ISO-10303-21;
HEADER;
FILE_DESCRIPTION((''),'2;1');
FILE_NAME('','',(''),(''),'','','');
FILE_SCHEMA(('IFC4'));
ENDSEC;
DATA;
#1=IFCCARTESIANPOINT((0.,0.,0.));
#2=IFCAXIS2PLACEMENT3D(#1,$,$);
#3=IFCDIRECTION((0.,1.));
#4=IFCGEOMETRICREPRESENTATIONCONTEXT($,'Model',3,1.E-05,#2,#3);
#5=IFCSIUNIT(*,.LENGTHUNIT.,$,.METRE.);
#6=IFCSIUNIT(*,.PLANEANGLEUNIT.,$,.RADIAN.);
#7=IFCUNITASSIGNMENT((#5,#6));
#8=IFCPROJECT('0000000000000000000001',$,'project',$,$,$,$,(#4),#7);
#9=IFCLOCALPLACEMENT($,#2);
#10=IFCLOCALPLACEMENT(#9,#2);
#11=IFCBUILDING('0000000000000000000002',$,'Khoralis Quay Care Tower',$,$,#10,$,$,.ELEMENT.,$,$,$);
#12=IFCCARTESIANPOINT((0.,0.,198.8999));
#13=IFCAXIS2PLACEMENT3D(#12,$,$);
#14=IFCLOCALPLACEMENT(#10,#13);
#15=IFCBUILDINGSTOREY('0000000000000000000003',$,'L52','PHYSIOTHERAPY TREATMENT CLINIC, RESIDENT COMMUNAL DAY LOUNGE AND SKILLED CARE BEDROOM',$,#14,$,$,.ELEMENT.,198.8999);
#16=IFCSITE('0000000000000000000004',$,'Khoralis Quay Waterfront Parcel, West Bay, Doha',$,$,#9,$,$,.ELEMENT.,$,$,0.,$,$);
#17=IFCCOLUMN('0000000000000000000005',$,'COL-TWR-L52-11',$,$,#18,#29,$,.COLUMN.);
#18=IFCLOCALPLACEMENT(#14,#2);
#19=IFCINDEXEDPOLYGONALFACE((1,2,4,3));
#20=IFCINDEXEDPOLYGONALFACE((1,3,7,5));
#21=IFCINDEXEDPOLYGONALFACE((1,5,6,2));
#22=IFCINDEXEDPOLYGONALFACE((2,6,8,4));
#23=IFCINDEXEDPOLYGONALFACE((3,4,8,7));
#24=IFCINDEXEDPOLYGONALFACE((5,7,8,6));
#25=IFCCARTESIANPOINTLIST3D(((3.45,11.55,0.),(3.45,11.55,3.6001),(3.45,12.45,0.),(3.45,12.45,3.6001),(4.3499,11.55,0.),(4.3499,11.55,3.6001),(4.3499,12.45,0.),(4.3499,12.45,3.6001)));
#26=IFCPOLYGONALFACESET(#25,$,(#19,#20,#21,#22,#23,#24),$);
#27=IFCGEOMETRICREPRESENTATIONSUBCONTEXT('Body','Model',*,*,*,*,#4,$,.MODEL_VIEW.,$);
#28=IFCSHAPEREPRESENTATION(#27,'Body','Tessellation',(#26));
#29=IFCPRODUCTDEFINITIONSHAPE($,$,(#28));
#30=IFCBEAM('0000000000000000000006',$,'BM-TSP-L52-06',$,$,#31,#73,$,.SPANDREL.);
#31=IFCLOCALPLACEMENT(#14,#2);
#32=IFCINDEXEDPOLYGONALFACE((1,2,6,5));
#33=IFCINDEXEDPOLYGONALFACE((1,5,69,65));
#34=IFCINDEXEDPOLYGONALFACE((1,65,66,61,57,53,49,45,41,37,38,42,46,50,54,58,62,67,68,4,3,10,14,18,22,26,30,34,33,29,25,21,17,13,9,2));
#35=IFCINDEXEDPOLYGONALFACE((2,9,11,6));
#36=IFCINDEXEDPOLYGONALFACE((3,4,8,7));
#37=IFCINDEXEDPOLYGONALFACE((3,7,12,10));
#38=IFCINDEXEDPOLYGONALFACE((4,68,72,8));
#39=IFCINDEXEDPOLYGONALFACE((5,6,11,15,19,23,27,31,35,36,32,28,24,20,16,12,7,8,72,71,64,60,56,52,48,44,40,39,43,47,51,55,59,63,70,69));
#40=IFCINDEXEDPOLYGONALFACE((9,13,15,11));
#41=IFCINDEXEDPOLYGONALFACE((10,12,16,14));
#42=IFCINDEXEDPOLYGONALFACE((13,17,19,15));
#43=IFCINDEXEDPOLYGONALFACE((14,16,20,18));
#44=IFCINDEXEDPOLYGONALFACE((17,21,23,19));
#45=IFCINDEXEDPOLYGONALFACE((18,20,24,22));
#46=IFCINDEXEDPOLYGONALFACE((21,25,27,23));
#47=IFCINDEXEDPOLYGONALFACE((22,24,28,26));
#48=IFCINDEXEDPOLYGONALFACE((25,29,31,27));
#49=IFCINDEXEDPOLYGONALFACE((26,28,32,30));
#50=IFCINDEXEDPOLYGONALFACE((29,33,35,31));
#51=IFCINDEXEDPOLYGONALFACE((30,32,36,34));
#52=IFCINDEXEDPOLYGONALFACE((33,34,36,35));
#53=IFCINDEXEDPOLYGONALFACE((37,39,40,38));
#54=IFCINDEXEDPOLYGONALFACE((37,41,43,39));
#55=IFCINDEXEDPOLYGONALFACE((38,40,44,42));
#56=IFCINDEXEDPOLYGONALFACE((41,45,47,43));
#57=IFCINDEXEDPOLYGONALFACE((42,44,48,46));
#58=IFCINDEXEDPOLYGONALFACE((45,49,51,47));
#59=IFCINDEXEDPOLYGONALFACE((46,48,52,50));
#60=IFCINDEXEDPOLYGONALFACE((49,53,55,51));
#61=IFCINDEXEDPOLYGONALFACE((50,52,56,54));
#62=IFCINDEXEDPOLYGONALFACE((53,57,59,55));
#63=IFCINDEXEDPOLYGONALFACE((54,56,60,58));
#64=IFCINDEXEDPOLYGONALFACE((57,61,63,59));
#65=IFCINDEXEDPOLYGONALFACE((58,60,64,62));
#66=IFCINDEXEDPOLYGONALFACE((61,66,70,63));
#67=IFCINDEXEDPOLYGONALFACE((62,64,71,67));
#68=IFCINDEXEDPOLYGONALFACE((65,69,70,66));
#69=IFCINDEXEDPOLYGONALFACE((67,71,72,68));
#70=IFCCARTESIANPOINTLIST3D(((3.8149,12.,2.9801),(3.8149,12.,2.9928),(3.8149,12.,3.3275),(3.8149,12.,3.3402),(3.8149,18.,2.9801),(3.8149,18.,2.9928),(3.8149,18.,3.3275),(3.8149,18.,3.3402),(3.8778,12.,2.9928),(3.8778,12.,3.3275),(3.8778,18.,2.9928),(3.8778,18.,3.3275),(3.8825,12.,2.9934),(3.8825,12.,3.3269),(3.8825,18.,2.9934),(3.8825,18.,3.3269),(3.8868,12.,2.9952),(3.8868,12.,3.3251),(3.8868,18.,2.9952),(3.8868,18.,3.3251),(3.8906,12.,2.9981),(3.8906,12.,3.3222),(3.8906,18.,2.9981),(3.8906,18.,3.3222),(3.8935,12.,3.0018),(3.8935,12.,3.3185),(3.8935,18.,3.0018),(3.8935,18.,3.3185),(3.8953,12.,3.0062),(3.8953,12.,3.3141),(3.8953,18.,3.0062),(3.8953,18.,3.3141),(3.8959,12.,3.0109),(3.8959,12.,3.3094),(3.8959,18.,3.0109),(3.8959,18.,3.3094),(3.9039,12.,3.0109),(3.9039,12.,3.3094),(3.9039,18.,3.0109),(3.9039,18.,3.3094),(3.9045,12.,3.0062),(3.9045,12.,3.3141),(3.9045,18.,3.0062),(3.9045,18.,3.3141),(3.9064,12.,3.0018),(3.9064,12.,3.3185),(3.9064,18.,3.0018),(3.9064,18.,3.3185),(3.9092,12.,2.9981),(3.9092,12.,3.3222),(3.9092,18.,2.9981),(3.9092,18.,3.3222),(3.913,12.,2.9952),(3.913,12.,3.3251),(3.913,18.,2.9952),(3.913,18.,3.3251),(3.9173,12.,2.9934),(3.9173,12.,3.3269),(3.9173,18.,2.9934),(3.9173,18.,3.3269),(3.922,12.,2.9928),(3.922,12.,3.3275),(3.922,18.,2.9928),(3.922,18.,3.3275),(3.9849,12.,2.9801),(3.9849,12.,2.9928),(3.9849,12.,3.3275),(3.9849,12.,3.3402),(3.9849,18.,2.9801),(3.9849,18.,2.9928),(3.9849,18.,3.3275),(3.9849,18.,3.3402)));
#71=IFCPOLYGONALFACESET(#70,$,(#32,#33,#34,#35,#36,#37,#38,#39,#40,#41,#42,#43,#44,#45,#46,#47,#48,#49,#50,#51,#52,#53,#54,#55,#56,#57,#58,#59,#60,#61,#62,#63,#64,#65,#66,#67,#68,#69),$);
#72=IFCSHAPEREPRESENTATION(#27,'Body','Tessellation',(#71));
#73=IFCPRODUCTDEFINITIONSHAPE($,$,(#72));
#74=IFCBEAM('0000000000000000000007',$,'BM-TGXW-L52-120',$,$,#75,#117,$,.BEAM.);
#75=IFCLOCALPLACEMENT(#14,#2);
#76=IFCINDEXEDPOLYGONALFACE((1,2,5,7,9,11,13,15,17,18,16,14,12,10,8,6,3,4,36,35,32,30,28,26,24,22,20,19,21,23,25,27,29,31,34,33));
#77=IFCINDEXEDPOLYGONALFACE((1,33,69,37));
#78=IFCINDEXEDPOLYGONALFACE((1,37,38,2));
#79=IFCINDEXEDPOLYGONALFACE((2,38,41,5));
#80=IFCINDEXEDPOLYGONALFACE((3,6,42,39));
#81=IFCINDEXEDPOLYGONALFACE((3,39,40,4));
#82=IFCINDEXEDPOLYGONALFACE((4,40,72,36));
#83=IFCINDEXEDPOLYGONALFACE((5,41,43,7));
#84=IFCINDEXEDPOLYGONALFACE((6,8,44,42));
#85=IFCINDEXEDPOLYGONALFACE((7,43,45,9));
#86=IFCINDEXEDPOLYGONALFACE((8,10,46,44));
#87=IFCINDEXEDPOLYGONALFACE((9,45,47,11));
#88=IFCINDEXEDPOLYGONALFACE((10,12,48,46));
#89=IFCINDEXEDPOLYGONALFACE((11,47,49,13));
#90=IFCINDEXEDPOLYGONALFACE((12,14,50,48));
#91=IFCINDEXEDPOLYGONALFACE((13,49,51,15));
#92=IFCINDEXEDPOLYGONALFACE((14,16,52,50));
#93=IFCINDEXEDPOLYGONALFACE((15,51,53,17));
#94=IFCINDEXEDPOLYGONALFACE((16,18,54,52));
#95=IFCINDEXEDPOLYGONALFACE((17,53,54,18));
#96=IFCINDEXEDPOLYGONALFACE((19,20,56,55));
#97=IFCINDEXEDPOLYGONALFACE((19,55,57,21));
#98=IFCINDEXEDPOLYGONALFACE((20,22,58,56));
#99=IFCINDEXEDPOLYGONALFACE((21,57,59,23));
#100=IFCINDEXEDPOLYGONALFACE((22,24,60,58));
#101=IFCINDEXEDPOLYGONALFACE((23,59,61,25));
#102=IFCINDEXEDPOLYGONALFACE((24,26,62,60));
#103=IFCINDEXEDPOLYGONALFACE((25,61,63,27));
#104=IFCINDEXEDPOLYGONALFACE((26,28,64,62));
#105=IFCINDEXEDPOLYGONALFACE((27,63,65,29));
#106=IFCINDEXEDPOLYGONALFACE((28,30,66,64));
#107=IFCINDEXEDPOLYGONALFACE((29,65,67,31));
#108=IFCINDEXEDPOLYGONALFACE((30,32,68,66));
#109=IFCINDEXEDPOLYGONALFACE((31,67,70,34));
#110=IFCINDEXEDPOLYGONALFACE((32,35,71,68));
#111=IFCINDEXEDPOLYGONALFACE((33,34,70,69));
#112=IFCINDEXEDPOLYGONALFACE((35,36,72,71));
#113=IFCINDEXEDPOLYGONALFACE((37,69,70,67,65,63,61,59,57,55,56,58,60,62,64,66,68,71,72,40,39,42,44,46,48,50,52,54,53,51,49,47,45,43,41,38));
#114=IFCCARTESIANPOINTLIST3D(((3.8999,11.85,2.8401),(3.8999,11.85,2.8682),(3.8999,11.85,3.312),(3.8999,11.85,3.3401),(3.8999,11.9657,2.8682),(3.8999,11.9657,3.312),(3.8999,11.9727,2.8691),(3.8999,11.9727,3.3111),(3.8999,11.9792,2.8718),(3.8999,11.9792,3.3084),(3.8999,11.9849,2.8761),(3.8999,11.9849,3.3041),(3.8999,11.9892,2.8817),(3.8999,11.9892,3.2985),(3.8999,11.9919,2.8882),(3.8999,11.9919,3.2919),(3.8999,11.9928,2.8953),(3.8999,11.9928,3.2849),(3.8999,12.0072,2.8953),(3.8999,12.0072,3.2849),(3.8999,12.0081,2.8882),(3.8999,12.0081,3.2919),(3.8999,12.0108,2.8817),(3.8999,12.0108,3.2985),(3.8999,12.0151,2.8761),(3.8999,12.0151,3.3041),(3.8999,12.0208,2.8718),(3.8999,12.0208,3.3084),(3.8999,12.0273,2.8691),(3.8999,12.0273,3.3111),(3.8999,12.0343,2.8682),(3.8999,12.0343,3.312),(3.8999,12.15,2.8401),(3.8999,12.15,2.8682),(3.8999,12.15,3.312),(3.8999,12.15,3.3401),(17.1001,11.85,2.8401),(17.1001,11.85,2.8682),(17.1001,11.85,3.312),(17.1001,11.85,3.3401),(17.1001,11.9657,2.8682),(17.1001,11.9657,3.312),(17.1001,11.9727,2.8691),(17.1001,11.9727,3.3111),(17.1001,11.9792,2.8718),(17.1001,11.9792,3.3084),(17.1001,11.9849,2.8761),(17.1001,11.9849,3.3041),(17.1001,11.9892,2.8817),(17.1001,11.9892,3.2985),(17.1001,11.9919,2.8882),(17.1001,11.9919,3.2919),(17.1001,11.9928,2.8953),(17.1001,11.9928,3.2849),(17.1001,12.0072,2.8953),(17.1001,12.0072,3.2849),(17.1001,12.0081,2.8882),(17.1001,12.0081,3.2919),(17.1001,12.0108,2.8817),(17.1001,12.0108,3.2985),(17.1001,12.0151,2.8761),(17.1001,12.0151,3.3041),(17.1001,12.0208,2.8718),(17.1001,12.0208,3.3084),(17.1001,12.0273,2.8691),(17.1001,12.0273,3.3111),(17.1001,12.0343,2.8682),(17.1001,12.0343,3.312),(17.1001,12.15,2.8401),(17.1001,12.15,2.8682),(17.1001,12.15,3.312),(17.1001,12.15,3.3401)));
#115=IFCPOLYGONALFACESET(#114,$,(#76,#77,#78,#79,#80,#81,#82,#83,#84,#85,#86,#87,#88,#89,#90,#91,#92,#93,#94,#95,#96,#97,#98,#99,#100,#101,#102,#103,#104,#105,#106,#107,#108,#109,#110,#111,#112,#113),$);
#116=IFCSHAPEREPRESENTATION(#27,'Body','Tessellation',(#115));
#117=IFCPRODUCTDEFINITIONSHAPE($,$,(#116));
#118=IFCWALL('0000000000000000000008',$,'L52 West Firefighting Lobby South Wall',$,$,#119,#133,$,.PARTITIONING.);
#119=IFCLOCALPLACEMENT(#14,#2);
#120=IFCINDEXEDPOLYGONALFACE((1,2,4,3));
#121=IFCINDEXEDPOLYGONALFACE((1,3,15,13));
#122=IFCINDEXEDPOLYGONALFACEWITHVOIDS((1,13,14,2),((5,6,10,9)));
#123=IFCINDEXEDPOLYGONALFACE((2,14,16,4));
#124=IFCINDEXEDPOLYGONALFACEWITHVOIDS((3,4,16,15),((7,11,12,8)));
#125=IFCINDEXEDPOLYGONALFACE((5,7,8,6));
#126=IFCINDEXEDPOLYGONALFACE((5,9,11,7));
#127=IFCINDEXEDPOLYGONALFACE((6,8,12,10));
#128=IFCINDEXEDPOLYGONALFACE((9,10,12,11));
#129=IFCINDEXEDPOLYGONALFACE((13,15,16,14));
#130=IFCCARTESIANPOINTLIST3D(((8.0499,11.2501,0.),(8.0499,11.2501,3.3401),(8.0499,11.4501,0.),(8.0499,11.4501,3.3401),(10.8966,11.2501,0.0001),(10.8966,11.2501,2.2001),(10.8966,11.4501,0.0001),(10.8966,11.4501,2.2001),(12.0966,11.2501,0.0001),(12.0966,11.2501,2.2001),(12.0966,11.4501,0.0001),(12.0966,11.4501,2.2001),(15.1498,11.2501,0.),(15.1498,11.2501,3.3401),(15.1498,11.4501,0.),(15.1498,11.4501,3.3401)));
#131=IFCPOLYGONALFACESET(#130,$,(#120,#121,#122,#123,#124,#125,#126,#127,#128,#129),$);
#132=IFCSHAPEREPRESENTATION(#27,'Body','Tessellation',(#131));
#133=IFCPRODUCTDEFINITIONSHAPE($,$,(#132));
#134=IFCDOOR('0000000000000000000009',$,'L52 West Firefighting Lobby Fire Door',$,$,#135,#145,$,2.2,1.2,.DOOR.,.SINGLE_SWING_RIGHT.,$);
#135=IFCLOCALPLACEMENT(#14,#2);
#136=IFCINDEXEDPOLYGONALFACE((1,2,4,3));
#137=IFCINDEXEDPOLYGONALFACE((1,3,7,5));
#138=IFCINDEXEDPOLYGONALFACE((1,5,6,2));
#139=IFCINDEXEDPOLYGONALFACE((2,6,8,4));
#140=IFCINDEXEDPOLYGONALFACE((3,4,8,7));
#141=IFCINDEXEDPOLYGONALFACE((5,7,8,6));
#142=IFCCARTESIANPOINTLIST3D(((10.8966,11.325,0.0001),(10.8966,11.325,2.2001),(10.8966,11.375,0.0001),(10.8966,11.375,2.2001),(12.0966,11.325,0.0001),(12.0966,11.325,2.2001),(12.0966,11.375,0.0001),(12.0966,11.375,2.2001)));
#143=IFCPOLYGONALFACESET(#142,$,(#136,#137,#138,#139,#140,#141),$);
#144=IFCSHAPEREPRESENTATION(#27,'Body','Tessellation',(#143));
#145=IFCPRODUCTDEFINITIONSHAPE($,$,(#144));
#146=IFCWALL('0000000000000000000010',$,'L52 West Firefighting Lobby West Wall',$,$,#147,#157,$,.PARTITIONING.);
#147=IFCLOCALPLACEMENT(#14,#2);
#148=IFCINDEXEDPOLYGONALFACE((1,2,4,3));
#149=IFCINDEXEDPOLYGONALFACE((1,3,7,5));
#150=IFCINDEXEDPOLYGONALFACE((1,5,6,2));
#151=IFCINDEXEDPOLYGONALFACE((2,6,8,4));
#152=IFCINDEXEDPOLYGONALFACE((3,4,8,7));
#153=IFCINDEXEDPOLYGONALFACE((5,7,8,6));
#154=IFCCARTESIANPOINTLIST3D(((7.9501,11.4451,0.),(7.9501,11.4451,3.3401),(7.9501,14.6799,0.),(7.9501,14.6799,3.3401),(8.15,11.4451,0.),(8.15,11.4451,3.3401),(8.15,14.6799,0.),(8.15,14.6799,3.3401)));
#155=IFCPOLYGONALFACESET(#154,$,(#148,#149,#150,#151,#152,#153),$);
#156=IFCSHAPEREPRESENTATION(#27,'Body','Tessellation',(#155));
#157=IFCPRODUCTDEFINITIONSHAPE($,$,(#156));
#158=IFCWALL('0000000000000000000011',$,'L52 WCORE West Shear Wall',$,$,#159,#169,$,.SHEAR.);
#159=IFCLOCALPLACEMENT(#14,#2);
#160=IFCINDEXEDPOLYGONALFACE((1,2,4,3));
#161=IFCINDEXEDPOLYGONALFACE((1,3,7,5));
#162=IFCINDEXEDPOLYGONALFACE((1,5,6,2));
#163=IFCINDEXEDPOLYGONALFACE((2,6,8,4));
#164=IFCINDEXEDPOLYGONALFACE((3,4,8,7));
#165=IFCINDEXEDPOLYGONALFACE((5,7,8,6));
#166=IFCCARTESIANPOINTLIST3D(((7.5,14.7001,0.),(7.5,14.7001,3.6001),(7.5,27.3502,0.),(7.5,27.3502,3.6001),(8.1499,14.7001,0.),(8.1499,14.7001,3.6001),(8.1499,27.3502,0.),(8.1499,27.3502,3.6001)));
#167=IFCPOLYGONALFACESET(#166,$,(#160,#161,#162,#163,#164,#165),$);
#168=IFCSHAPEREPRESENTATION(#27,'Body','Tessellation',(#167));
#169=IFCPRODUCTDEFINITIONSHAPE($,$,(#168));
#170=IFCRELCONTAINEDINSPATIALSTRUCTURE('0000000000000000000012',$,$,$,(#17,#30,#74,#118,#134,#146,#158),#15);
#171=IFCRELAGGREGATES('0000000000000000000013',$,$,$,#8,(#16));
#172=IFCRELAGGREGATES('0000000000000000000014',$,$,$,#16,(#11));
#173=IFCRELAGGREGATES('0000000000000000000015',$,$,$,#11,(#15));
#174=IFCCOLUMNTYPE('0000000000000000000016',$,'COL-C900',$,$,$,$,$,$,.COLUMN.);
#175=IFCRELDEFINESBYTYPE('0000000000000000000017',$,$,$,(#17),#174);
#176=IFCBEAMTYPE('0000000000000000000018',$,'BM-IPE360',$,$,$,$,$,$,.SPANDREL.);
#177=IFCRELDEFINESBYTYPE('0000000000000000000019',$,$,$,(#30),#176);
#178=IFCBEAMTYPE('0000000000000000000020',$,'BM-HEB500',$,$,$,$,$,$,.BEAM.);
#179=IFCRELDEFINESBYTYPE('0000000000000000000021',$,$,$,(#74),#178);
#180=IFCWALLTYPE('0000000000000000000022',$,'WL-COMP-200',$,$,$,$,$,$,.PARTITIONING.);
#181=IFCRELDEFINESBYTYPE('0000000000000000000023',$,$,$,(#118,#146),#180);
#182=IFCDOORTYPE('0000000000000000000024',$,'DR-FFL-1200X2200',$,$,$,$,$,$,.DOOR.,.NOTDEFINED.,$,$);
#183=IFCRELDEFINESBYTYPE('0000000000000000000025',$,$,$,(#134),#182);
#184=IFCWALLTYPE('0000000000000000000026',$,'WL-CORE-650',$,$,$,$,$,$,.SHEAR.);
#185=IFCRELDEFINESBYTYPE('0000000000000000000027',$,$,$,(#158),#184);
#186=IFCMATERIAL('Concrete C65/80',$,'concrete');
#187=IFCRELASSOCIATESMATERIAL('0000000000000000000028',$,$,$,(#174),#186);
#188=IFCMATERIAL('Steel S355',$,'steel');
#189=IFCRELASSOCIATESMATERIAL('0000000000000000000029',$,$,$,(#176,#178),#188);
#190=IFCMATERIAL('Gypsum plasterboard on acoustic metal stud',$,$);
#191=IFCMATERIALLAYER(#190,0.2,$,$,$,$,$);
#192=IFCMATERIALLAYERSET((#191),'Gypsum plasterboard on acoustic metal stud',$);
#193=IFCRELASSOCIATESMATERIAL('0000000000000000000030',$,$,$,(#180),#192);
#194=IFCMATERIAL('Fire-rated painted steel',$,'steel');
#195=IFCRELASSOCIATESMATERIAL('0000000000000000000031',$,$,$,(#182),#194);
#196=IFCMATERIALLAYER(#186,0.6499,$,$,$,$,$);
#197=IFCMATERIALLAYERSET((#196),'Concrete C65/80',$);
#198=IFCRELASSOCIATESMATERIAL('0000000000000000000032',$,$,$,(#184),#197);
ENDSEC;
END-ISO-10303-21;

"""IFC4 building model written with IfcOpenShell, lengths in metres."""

from ifc_helpers import new_model, si_unit, direction, frame, frame_2d, origin, origin_2d, place, context, subcontext, project, spatial, rectangle, i_section, extrude, source, transform, mapped, material, layer, layer_set, material_profile, profile_set, type_object, element, fill, save


model = new_model("IFC4")

# Units and contexts
model_context = context("Model", 3, precision=1e-05, world=origin(), true_north=direction((0.0, 1.0)))
body_context = subcontext(model_context, "Body", "Model", "MODEL_VIEW")
ifc_project = project(units=[si_unit("LENGTHUNIT", "METRE"), si_unit("PLANEANGLEUNIT", "RADIAN")], contexts=[model_context])

# Site, building, storey
site_placement = place(None, origin())
site = spatial("IfcSite", under=ifc_project, at=site_placement, Name="Khoralis Quay Waterfront Parcel, West Bay, Doha", CompositionType="ELEMENT", RefElevation=0.0)
building_placement = place(site_placement, origin())
building = spatial("IfcBuilding", under=site, at=building_placement, Name="Khoralis Quay Care Tower", CompositionType="ELEMENT")
storey_placement = place(building_placement, frame((0.0, 0.0, 198.8999)))
storey = spatial("IfcBuildingStorey", under=building, at=storey_placement, Name="L52", Description="PHYSIOTHERAPY TREATMENT CLINIC, RESIDENT COMMUNAL DAY LOUNGE AND SKILLED CARE BEDROOM", CompositionType="ELEMENT", Elevation=198.8999)

# Column
ifc_material_1 = material(Name="Concrete C65/80", Category="concrete")
ifc_material_profile_1 = material_profile(ifc_material_1, rectangle(XDim=0.8999, YDim=0.8999, at=origin_2d()), Name="Concrete C65/80")
ifc_profile_set_1 = profile_set([ifc_material_profile_1], Name="Concrete C65/80")
column_type = type_object("IfcColumnType", Name="COL-C900", PredefinedType="COLUMN", material=ifc_profile_set_1)
shared_shape_1 = source(origin(), body_context, "Body", "SweptSolid", [
    extrude(rectangle(XDim=0.8999, YDim=0.8999, at=origin_2d()), origin(), (0.0, 0.0, 1.0), 3.6001),
])
column_placement = place(storey_placement, frame((3.8999, 12.0, 0.0), z_axis=(0.0, 0.0, 1.0), x_axis=(1.0, 0.0, 0.0)))
element("IfcColumn", 1, at=column_placement, inside=storey, type_object=column_type, Name="COL-TWR-L52-11", PredefinedType="COLUMN", context=body_context, shape_type="MappedRepresentation", body=[
    mapped(shared_shape_1, transform((0.0, 0.0, 0.0), scale=1.0)),
])

# Beams
ifc_material_2 = material(Name="Steel S355", Category="steel")
ifc_material_profile_2 = material_profile(ifc_material_2, i_section(OverallWidth=0.1699, OverallDepth=0.3601, WebThickness=0.0081, FlangeThickness=0.0127, FilletRadius=0.0181, at=origin_2d()), Name="Steel S355")
ifc_profile_set_2 = profile_set([ifc_material_profile_2], Name="Steel S355")
beam_type_1 = type_object("IfcBeamType", Name="BM-IPE360", PredefinedType="SPANDREL", material=ifc_profile_set_2)
shared_shape_2 = source(origin(), body_context, "Body", "SweptSolid", [
    extrude(i_section(OverallWidth=0.1699, OverallDepth=0.3601, WebThickness=0.0081, FlangeThickness=0.0127, FilletRadius=0.0181, at=origin_2d()), origin(), (0.0, 0.0, 1.0), 6.0),
])
beam_1_placement = place(storey_placement, frame((3.8999, 12.0, 3.1602), z_axis=(0.0, 1.0, 0.0), x_axis=(-1.0, 0.0, 0.0)))
element("IfcBeam", 2, at=beam_1_placement, inside=storey, type_object=beam_type_1, Name="BM-TSP-L52-06", PredefinedType="SPANDREL", context=body_context, shape_type="MappedRepresentation", body=[
    mapped(shared_shape_2, transform((0.0, 0.0, 0.0), scale=1.0)),
])
ifc_material_profile_3 = material_profile(ifc_material_2, i_section(OverallWidth=0.3, OverallDepth=0.5, WebThickness=0.0144, FlangeThickness=0.0281, FilletRadius=0.0271, at=origin_2d()), Name="Steel S355")
ifc_profile_set_3 = profile_set([ifc_material_profile_3], Name="Steel S355")
beam_type_2 = type_object("IfcBeamType", Name="BM-HEB500", PredefinedType="BEAM", material=ifc_profile_set_3)
shared_shape_3 = source(origin(), body_context, "Body", "SweptSolid", [
    extrude(i_section(OverallWidth=0.3, OverallDepth=0.5, WebThickness=0.0144, FlangeThickness=0.0281, FilletRadius=0.0271, at=origin_2d()), origin(), (0.0, 0.0, 1.0), 13.2002),
])
beam_2_placement = place(storey_placement, frame((3.8999, 12.0, 3.0901), z_axis=(1.0, 0.0, 0.0), x_axis=(0.0, 1.0, 0.0)))
element("IfcBeam", 3, at=beam_2_placement, inside=storey, type_object=beam_type_2, Name="BM-TGXW-L52-120", PredefinedType="BEAM", context=body_context, shape_type="MappedRepresentation", body=[
    mapped(shared_shape_3, transform((0.0, 0.0, 0.0), scale=1.0)),
])

# Wall, opening, door
ifc_material_3 = material(Name="Gypsum plasterboard on acoustic metal stud")
ifc_layer_1 = layer(ifc_material_3, 0.2)
ifc_layer_set_1 = layer_set([ifc_layer_1], Name="Gypsum plasterboard on acoustic metal stud")
wall_type_1 = type_object("IfcWallType", Name="WL-COMP-200", PredefinedType="PARTITIONING", material=ifc_layer_set_1)
wall_1_placement = place(storey_placement, frame((8.05, 11.3501, 0.0), z_axis=(0.0, 0.0, 1.0), x_axis=(1.0, 0.0, 0.0)))
wall_1 = element("IfcWall", 4, at=wall_1_placement, inside=storey, type_object=wall_type_1, Name="L52 West Firefighting Lobby South Wall", PredefinedType="PARTITIONING", context=body_context, shape_type="SweptSolid", body=[
    extrude(rectangle(XDim=7.0999, YDim=0.2, at=frame_2d((3.5498, 0.0))), origin(), (0.0, 0.0, 1.0), 3.3401),
])
opening_1_placement = place(wall_1_placement, frame((2.8464, 0.0, 0.0)))
opening_1 = element("IfcOpeningElement", 5, at=opening_1_placement, cuts=wall_1, PredefinedType="OPENING", context=body_context, shape_type="SweptSolid", body=[
    extrude(rectangle(XDim=1.2, YDim=2.2, at=frame_2d((0.6001, 1.1001))), frame((0.0, 0.1099, 0.0), z_axis=(0.0, -1.0, 0.0), x_axis=(1.0, 0.0, 0.0)), (0.0, 0.0, 1.0), 0.22),
])
ifc_material_4 = material(Name="Fire-rated painted steel", Category="steel")
door_type_1 = type_object("IfcDoorType", Name="DR-FFL-1200X2200", OperationType="NOTDEFINED", PredefinedType="DOOR", material=ifc_material_4)
shared_shape_4 = source(origin(), body_context, "Body", "SweptSolid", [
    extrude(rectangle(XDim=1.2, YDim=2.2, at=frame_2d((0.6001, 1.1001))), frame((0.0, 0.0249, 0.0), z_axis=(0.0, -1.0, 0.0), x_axis=(1.0, 0.0, 0.0)), (0.0, 0.0, 1.0), 0.05),
])
door_1_placement = place(opening_1_placement, origin())
door_1 = element("IfcDoor", 6, at=door_1_placement, inside=storey, type_object=door_type_1, Name="L52 West Firefighting Lobby Fire Door", OperationType="SINGLE_SWING_RIGHT", OverallHeight=2.2, OverallWidth=1.2, PredefinedType="DOOR", context=body_context, shape_type="MappedRepresentation", body=[
    mapped(shared_shape_4, transform((0.0, 0.0, 0.0), scale=1.0)),
])
fill(opening_1, door_1)

# Walls
wall_2_placement = place(storey_placement, frame((8.05, 11.4451, 0.0), z_axis=(0.0, 0.0, 1.0), x_axis=(0.0, 1.0, 0.0)))
element("IfcWall", 7, at=wall_2_placement, inside=storey, type_object=wall_type_1, Name="L52 West Firefighting Lobby West Wall", PredefinedType="PARTITIONING", context=body_context, shape_type="SweptSolid", body=[
    extrude(rectangle(XDim=3.2349, YDim=0.2, at=frame_2d((1.6174, 0.0))), origin(), (0.0, 0.0, 1.0), 3.3401),
])
ifc_layer_2 = layer(ifc_material_1, 0.6499)
ifc_layer_set_2 = layer_set([ifc_layer_2], Name="Concrete C65/80")
wall_type_2 = type_object("IfcWallType", Name="WL-CORE-650", PredefinedType="SHEAR", material=ifc_layer_set_2)
wall_3_placement = place(storey_placement, frame((7.825, 14.7, 0.0), z_axis=(0.0, 0.0, 1.0), x_axis=(0.0, 1.0, 0.0)))
element("IfcWall", 8, at=wall_3_placement, inside=storey, type_object=wall_type_2, Name="L52 WCORE West Shear Wall", PredefinedType="SHEAR", context=body_context, shape_type="SweptSolid", body=[
    extrude(rectangle(XDim=12.6501, YDim=0.6499, at=frame_2d((6.3252, 0.0))), origin(), (0.0, 0.0, 1.0), 3.6001),
])

save(model, "model.ifc")
